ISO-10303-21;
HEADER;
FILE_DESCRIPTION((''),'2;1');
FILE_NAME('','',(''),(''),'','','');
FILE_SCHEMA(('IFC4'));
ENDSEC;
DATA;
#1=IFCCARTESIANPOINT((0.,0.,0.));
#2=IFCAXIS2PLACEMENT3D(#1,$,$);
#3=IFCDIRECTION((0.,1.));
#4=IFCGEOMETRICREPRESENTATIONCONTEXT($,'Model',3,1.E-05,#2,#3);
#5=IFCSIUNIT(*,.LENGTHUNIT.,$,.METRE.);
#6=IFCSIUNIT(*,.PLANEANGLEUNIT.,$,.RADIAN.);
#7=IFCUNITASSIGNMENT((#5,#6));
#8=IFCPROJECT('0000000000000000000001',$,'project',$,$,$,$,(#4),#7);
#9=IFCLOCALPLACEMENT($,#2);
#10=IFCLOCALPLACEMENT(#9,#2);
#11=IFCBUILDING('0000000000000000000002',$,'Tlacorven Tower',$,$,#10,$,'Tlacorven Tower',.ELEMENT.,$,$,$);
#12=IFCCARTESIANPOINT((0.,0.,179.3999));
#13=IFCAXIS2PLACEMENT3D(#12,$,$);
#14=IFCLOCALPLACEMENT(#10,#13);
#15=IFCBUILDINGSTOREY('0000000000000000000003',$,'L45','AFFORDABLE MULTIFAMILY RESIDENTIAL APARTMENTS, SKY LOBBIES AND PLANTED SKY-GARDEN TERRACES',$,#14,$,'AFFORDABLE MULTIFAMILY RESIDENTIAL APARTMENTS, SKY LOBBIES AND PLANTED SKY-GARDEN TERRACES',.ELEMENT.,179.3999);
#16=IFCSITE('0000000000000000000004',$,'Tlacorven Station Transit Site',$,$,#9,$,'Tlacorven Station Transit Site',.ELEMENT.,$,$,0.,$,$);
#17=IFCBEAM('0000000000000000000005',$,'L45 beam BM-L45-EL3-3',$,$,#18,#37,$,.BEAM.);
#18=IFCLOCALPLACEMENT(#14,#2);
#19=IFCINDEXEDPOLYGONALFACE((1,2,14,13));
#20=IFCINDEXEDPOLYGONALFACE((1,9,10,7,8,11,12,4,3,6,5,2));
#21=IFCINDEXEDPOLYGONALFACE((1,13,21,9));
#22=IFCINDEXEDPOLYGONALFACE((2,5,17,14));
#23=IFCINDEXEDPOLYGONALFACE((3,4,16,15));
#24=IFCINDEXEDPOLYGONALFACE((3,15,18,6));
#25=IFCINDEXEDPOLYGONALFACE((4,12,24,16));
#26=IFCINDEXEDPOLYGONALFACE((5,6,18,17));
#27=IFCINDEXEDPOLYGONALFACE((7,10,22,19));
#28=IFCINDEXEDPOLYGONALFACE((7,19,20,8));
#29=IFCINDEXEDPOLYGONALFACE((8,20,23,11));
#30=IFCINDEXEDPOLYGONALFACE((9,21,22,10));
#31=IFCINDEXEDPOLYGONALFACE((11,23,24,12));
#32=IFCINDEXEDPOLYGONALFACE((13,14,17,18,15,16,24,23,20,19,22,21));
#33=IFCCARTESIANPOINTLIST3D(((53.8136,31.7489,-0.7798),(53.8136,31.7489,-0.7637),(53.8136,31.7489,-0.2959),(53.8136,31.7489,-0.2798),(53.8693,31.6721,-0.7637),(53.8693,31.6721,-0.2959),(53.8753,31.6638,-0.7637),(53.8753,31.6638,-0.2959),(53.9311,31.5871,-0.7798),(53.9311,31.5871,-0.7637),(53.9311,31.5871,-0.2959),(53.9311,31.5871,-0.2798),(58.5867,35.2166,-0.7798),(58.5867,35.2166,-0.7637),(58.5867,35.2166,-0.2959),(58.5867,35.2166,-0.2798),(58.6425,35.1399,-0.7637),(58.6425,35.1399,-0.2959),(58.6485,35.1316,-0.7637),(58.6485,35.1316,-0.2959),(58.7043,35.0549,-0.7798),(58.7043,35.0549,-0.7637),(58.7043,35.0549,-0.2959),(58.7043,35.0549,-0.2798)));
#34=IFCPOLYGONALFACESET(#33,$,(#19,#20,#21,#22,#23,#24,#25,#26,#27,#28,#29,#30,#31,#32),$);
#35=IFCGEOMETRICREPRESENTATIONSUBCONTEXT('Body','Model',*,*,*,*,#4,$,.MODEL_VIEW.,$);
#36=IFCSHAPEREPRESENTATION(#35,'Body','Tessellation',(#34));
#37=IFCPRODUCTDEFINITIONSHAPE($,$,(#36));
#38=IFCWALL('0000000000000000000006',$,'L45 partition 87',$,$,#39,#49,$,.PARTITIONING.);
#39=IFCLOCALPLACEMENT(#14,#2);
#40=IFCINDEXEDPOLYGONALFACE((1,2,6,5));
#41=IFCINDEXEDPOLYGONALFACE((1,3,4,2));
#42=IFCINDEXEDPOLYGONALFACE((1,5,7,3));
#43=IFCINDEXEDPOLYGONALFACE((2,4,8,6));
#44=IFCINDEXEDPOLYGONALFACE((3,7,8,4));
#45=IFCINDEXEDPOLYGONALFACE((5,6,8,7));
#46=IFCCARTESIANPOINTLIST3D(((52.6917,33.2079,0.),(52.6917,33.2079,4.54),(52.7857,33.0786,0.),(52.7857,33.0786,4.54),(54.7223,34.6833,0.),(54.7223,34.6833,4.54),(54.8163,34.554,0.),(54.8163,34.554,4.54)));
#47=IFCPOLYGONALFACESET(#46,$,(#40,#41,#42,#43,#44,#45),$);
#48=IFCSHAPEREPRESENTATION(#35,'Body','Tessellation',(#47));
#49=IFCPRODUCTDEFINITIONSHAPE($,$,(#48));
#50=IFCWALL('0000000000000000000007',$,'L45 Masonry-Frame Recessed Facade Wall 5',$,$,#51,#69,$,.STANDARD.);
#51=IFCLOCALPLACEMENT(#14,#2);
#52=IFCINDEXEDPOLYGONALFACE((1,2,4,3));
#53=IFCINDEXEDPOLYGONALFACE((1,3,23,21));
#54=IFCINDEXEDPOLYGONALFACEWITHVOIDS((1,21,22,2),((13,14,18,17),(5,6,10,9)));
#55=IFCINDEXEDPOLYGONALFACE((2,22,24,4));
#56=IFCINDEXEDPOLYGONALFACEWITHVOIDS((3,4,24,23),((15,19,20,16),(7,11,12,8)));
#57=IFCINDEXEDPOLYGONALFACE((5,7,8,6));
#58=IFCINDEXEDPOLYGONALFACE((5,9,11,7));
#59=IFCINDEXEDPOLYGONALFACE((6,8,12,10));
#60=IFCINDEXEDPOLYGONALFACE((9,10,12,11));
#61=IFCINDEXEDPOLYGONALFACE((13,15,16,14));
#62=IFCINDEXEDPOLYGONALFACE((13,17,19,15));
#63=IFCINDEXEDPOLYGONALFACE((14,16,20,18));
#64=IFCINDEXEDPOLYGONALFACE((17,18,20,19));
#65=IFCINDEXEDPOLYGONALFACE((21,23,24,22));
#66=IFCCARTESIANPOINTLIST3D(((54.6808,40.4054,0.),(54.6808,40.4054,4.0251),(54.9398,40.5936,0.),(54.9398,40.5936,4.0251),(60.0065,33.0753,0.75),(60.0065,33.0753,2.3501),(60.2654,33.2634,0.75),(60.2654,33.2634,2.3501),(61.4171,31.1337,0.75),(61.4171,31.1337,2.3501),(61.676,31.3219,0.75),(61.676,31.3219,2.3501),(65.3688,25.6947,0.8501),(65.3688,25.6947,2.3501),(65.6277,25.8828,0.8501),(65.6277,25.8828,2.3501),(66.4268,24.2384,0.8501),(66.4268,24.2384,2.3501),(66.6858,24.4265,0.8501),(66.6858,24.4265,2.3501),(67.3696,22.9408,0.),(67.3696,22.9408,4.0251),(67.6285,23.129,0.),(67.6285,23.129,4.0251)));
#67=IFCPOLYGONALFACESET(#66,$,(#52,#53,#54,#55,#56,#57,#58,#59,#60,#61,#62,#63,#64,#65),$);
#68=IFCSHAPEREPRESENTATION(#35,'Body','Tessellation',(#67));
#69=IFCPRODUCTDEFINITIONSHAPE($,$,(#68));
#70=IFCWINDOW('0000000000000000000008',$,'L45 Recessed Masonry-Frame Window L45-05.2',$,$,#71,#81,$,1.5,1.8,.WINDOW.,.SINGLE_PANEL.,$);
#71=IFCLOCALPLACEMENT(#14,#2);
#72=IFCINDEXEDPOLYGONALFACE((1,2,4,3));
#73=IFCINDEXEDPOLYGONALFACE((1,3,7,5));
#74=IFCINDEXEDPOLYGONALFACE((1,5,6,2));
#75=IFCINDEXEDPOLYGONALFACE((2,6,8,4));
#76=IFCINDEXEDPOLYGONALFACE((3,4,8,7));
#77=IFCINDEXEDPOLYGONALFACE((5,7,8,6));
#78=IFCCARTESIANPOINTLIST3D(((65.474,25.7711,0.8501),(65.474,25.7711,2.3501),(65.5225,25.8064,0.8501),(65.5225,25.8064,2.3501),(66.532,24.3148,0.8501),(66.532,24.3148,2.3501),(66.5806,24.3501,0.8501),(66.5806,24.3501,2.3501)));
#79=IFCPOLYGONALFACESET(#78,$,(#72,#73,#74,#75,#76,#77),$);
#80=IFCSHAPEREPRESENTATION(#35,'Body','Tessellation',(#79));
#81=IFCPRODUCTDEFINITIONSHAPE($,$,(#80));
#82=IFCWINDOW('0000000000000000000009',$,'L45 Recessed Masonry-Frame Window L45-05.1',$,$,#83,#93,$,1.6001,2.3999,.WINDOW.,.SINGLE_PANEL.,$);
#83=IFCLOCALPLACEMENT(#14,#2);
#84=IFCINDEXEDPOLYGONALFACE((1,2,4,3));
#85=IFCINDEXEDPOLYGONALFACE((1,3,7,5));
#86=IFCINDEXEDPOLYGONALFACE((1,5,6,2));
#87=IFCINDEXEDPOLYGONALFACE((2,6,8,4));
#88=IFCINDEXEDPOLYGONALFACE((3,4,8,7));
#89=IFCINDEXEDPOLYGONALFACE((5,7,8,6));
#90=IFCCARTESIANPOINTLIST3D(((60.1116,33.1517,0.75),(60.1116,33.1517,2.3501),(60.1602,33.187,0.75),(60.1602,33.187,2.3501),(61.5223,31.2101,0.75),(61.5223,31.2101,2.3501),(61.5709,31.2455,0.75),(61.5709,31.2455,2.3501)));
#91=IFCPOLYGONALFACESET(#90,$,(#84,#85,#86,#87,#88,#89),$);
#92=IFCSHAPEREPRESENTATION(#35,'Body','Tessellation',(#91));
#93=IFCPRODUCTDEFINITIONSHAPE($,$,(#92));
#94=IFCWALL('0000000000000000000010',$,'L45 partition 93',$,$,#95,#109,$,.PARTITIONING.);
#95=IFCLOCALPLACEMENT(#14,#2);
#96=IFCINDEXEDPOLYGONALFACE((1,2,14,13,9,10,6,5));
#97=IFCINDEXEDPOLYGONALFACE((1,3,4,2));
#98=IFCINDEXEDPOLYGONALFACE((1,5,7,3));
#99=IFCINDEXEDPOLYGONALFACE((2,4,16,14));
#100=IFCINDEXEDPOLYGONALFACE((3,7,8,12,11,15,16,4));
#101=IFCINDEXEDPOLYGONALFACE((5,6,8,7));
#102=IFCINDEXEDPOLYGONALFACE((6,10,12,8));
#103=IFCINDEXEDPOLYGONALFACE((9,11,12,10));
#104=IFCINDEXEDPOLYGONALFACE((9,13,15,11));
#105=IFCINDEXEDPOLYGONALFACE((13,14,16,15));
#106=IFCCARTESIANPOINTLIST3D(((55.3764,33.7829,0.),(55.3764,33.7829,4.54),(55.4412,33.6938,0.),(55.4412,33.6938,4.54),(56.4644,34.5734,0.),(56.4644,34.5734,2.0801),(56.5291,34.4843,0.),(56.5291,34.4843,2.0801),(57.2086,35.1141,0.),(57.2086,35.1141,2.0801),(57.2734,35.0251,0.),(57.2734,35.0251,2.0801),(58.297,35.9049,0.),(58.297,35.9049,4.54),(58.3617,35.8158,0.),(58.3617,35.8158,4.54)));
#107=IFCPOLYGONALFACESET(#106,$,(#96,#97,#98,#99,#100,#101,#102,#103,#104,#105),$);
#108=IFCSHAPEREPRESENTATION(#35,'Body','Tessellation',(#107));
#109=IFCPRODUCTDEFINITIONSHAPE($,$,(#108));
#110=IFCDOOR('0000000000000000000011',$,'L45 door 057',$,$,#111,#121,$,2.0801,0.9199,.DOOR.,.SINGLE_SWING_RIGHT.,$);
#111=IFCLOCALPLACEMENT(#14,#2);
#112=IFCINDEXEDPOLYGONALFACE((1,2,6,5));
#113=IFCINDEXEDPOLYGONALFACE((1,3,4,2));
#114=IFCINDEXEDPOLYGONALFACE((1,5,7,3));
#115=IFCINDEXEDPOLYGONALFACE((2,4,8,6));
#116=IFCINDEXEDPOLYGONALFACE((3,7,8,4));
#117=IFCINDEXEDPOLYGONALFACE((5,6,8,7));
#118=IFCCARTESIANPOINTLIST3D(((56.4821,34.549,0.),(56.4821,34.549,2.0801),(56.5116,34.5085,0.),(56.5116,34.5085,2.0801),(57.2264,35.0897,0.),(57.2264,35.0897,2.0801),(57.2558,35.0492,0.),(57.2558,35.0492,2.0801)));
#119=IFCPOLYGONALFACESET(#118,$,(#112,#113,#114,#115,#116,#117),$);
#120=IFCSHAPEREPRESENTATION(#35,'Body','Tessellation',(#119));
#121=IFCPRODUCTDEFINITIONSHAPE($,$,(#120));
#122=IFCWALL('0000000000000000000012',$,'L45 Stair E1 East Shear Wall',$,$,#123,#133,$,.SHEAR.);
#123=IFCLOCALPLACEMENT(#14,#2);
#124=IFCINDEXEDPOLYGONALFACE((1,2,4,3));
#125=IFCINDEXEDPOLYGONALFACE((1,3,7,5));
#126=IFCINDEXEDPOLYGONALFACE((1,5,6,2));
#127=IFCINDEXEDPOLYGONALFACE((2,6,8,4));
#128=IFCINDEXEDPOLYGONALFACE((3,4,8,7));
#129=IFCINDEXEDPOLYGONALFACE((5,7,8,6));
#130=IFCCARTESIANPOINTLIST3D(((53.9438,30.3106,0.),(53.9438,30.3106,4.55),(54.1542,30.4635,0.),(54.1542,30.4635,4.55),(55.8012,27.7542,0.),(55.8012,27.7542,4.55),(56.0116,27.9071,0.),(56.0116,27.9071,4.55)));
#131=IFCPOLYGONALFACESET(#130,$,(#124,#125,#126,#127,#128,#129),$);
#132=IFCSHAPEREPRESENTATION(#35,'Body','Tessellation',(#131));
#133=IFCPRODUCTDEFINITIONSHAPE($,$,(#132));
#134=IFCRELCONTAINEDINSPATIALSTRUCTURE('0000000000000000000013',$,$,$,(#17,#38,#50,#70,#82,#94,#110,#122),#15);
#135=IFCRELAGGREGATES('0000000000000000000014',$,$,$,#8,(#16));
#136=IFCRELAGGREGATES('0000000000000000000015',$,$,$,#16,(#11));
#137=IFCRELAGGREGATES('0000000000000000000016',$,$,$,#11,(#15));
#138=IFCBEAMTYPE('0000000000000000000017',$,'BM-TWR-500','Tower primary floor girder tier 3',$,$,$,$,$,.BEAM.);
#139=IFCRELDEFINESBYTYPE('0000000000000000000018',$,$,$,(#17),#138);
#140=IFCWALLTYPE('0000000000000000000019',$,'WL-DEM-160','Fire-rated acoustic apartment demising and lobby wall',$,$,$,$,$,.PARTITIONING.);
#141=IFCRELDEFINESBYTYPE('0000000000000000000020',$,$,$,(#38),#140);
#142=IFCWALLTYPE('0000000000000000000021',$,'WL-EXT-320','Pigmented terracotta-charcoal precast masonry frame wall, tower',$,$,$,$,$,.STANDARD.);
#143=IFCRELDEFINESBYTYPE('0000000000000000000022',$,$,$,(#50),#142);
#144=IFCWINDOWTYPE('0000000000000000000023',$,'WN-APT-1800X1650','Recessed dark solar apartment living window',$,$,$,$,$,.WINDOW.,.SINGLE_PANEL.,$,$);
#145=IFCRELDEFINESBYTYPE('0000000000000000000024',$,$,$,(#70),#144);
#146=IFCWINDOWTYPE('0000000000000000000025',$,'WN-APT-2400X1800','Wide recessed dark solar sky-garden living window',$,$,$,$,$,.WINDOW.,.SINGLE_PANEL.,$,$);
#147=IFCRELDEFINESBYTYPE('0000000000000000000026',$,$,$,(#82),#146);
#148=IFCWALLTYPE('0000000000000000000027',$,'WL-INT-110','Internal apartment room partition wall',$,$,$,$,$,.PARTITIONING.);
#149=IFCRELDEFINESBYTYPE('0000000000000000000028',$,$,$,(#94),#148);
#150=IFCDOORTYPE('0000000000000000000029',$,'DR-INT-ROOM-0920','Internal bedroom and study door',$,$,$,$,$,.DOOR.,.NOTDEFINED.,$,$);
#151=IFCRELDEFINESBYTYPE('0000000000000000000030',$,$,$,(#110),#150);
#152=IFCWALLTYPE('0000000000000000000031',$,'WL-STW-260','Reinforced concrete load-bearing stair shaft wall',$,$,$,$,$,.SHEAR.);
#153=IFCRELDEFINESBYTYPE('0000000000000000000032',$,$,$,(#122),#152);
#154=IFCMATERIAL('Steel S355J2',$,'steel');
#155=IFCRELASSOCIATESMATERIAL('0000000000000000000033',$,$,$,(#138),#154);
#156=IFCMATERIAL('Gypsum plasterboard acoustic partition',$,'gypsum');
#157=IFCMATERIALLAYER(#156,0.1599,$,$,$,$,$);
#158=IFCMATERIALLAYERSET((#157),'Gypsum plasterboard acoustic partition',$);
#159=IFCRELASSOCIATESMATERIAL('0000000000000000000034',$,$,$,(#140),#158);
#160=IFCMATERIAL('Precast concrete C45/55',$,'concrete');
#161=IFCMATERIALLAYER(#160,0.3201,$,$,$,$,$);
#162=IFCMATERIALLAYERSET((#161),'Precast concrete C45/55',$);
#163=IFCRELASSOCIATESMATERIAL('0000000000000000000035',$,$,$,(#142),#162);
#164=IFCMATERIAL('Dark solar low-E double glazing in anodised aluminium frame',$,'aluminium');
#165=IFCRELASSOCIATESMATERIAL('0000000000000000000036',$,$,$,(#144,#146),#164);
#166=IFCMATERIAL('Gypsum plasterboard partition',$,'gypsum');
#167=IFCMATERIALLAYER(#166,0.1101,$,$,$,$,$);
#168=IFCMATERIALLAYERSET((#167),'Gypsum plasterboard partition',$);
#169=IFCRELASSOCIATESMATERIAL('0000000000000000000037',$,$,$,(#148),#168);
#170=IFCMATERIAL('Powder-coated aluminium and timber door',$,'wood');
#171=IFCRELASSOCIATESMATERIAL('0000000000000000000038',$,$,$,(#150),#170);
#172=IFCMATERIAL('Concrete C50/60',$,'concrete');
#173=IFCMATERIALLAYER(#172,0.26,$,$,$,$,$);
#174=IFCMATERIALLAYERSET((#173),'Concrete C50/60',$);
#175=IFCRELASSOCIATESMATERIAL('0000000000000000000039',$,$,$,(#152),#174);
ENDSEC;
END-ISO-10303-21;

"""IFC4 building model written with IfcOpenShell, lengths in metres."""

from ifc_helpers import new_model, si_unit, direction, frame, frame_2d, origin, origin_2d, place, context, subcontext, project, spatial, rectangle, i_section, extrude, source, transform, mapped, material, layer, layer_set, material_profile, profile_set, type_object, element, fill, save


model = new_model("IFC4")

# Units and contexts
model_context = context("Model", 3, precision=1e-05, world=origin(), true_north=direction((0.0, 1.0)))
body_context = subcontext(model_context, "Body", "Model", "MODEL_VIEW")
ifc_project = project(units=[si_unit("LENGTHUNIT", "METRE"), si_unit("PLANEANGLEUNIT", "RADIAN")], contexts=[model_context])

# Site, building, storey
site_placement = place(None, origin())
site = spatial("IfcSite", under=ifc_project, at=site_placement, Name="Tlacorven Station Transit Site", LongName="Tlacorven Station Transit Site", CompositionType="ELEMENT", RefElevation=0.0)
building_placement = place(site_placement, origin())
building = spatial("IfcBuilding", under=site, at=building_placement, Name="Tlacorven Tower", LongName="Tlacorven Tower", CompositionType="ELEMENT")
storey_placement = place(building_placement, frame((0.0, 0.0, 179.3999)))
storey = spatial("IfcBuildingStorey", under=building, at=storey_placement, Name="L45", Description="AFFORDABLE MULTIFAMILY RESIDENTIAL APARTMENTS, SKY LOBBIES AND PLANTED SKY-GARDEN TERRACES", LongName="AFFORDABLE MULTIFAMILY RESIDENTIAL APARTMENTS, SKY LOBBIES AND PLANTED SKY-GARDEN TERRACES", CompositionType="ELEMENT", Elevation=179.3999)

# Beam
ifc_material_1 = material(Name="Steel S355J2", Category="steel")
ifc_material_profile_1 = material_profile(ifc_material_1, i_section(OverallWidth=0.2, OverallDepth=0.5, WebThickness=0.0103, FlangeThickness=0.0161, at=origin_2d()), Name="IPE 500")
ifc_profile_set_1 = profile_set([ifc_material_profile_1], Name="Steel S355J2")
beam_type_1 = type_object("IfcBeamType", Name="BM-TWR-500", Description="Tower primary floor girder tier 3", PredefinedType="BEAM", material=ifc_profile_set_1)
shared_shape_1 = source(origin(), body_context, "Body", "SweptSolid", [
    extrude(i_section(OverallWidth=0.2, OverallDepth=0.5, WebThickness=0.0103, FlangeThickness=0.0161, at=origin_2d()), origin(), (0.0, 0.0, 1.0), 5.8999),
])
beam_1_placement = place(storey_placement, frame((53.8723, 31.668, -0.5298), z_axis=(0.809029, 0.587768, 0.0), x_axis=(-0.587768, 0.809029, 0.0)))
element("IfcBeam", 1, at=beam_1_placement, inside=storey, type_object=beam_type_1, Name="L45 beam BM-L45-EL3-3", PredefinedType="BEAM", context=body_context, shape_type="MappedRepresentation", body=[
    mapped(shared_shape_1, transform((0.0, 0.0, 0.0), scale=1.0)),
])

# Wall
ifc_material_2 = material(Name="Gypsum plasterboard acoustic partition", Category="gypsum")
ifc_layer_1 = layer(ifc_material_2, 0.1599)
ifc_layer_set_1 = layer_set([ifc_layer_1], Name="Gypsum plasterboard acoustic partition")
wall_type_1 = type_object("IfcWallType", Name="WL-DEM-160", Description="Fire-rated acoustic apartment demising and lobby wall", PredefinedType="PARTITIONING", material=ifc_layer_set_1)
wall_1_placement = place(storey_placement, frame((52.7388, 33.1433, 0.0), z_axis=(0.0, 0.0, 1.0), x_axis=(0.809001, 0.587807, 0.0)))
element("IfcWall", 2, at=wall_1_placement, inside=storey, type_object=wall_type_1, Name="L45 partition 87", PredefinedType="PARTITIONING", context=body_context, shape_type="SweptSolid", body=[
    extrude(rectangle(XDim=2.51, YDim=0.1599, at=frame_2d((1.2549, 0.0))), origin(), (0.0, 0.0, 1.0), 4.54),
])

# Wall, openings, windows
ifc_material_3 = material(Name="Precast concrete C45/55", Category="concrete")
ifc_layer_2 = layer(ifc_material_3, 0.3201)
ifc_layer_set_2 = layer_set([ifc_layer_2], Name="Precast concrete C45/55")
wall_type_2 = type_object("IfcWallType", Name="WL-EXT-320", Description="Pigmented terracotta-charcoal precast masonry frame wall, tower", PredefinedType="STANDARD", material=ifc_layer_set_2)
wall_2_placement = place(storey_placement, frame((54.8103, 40.4995, 0.0), z_axis=(0.0, 0.0, 1.0), x_axis=(0.587784, -0.809018, 0.0)))
wall_2 = element("IfcWall", 3, at=wall_2_placement, inside=storey, type_object=wall_type_2, Name="L45 Masonry-Frame Recessed Facade Wall 5", PredefinedType="STANDARD", context=body_context, shape_type="SweptSolid", body=[
    extrude(rectangle(XDim=21.5874, YDim=0.3201, at=frame_2d((10.7937, 0.0))), origin(), (0.0, 0.0, 1.0), 4.0251),
])
opening_1_placement = place(wall_2_placement, frame((9.0605, 0.0, 0.75)))
opening_1 = element("IfcOpeningElement", 4, at=opening_1_placement, cuts=wall_2, PredefinedType="OPENING", context=body_context, shape_type="SweptSolid", body=[
    extrude(rectangle(XDim=2.3999, YDim=1.6001, at=frame_2d((1.2, 0.8))), frame((0.0, 0.1699, 0.0), z_axis=(0.0, -1.0, 0.0), x_axis=(1.0, 0.0, 0.0)), (0.0, 0.0, 1.0), 0.3401),
])
opening_2_placement = place(wall_2_placement, frame((18.1836, 0.0, 0.8501)))
opening_2 = element("IfcOpeningElement", 5, at=opening_2_placement, cuts=wall_2, PredefinedType="OPENING", context=body_context, shape_type="SweptSolid", body=[
    extrude(rectangle(XDim=1.8, YDim=1.5, at=frame_2d((0.8999, 0.75))), frame((0.0, 0.1699, 0.0), z_axis=(0.0, -1.0, 0.0), x_axis=(1.0, 0.0, 0.0)), (0.0, 0.0, 1.0), 0.3401),
])
ifc_material_4 = material(Name="Dark solar low-E double glazing in anodised aluminium frame", Category="aluminium")
window_type_1 = type_object("IfcWindowType", Name="WN-APT-1800X1650", Description="Recessed dark solar apartment living window", PartitioningType="SINGLE_PANEL", PredefinedType="WINDOW", material=ifc_material_4)
shared_shape_2 = source(origin(), body_context, "Body", "SweptSolid", [
    extrude(rectangle(XDim=1.8, YDim=1.5, at=frame_2d((0.8999, 0.75))), frame((0.0, 0.03, 0.0), z_axis=(0.0, -1.0, 0.0), x_axis=(1.0, 0.0, 0.0)), (0.0, 0.0, 1.0), 0.0601),
])
window_1_placement = place(opening_2_placement, origin())
window_1 = element("IfcWindow", 6, at=window_1_placement, inside=storey, type_object=window_type_1, Name="L45 Recessed Masonry-Frame Window L45-05.2", OverallHeight=1.5, OverallWidth=1.8, PartitioningType="SINGLE_PANEL", PredefinedType="WINDOW", context=body_context, shape_type="MappedRepresentation", body=[
    mapped(shared_shape_2, transform((0.0, 0.0, 0.0), scale=1.0)),
])
fill(opening_2, window_1)
window_type_2 = type_object("IfcWindowType", Name="WN-APT-2400X1800", Description="Wide recessed dark solar sky-garden living window", PartitioningType="SINGLE_PANEL", PredefinedType="WINDOW", material=ifc_material_4)
shared_shape_3 = source(origin(), body_context, "Body", "SweptSolid", [
    extrude(rectangle(XDim=2.3999, YDim=1.6001, at=frame_2d((1.2, 0.8))), frame((0.0, 0.03, 0.0), z_axis=(0.0, -1.0, 0.0), x_axis=(1.0, 0.0, 0.0)), (0.0, 0.0, 1.0), 0.0601),
])
window_2_placement = place(opening_1_placement, origin())
window_2 = element("IfcWindow", 7, at=window_2_placement, inside=storey, type_object=window_type_2, Name="L45 Recessed Masonry-Frame Window L45-05.1", OverallHeight=1.6001, OverallWidth=2.3999, PartitioningType="SINGLE_PANEL", PredefinedType="WINDOW", context=body_context, shape_type="MappedRepresentation", body=[
    mapped(shared_shape_3, transform((0.0, 0.0, 0.0), scale=1.0)),
])
fill(opening_1, window_2)

# Wall, opening, door
ifc_material_5 = material(Name="Gypsum plasterboard partition", Category="gypsum")
ifc_layer_3 = layer(ifc_material_5, 0.1101)
ifc_layer_set_3 = layer_set([ifc_layer_3], Name="Gypsum plasterboard partition")
wall_type_3 = type_object("IfcWallType", Name="WL-INT-110", Description="Internal apartment room partition wall", PredefinedType="PARTITIONING", material=ifc_layer_set_3)
wall_3_placement = place(storey_placement, frame((55.4087, 33.7383, 0.0), z_axis=(0.0, 0.0, 1.0), x_axis=(0.809005, 0.587802, 0.0)))
wall_3 = element("IfcWall", 8, at=wall_3_placement, inside=storey, type_object=wall_type_3, Name="L45 partition 93", PredefinedType="PARTITIONING", context=body_context, shape_type="SweptSolid", body=[
    extrude(rectangle(XDim=3.6101, YDim=0.1101, at=frame_2d((1.8052, 0.0))), origin(), (0.0, 0.0, 1.0), 4.54),
])
opening_3_placement = place(wall_3_placement, frame((1.345, 0.0, 0.0)))
opening_3 = element("IfcOpeningElement", 9, at=opening_3_placement, cuts=wall_3, PredefinedType="OPENING", context=body_context, shape_type="SweptSolid", body=[
    extrude(rectangle(XDim=0.9199, YDim=2.0801, at=frame_2d((0.46, 1.04))), frame((0.0, 0.0649, 0.0), z_axis=(0.0, -1.0, 0.0), x_axis=(1.0, 0.0, 0.0)), (0.0, 0.0, 1.0), 0.1301),
])
ifc_material_6 = material(Name="Powder-coated aluminium and timber door", Category="wood")
door_type = type_object("IfcDoorType", Name="DR-INT-ROOM-0920", Description="Internal bedroom and study door", OperationType="NOTDEFINED", PredefinedType="DOOR", material=ifc_material_6)
shared_shape_4 = source(origin(), body_context, "Body", "SweptSolid", [
    extrude(rectangle(XDim=0.9199, YDim=2.0801, at=frame_2d((0.46, 1.04))), frame((0.0, 0.0249, 0.0), z_axis=(0.0, -1.0, 0.0), x_axis=(1.0, 0.0, 0.0)), (0.0, 0.0, 1.0), 0.05),
])
door_placement = place(opening_3_placement, origin())
door = element("IfcDoor", 10, at=door_placement, inside=storey, type_object=door_type, Name="L45 door 057", OperationType="SINGLE_SWING_RIGHT", OverallHeight=2.0801, OverallWidth=0.9199, PredefinedType="DOOR", context=body_context, shape_type="MappedRepresentation", body=[
    mapped(shared_shape_4, transform((0.0, 0.0, 0.0), scale=1.0)),
])
fill(opening_3, door)

# Wall
ifc_material_7 = material(Name="Concrete C50/60", Category="concrete")
ifc_layer_4 = layer(ifc_material_7, 0.26)
ifc_layer_set_4 = layer_set([ifc_layer_4], Name="Concrete C50/60")
wall_type_4 = type_object("IfcWallType", Name="WL-STW-260", Description="Reinforced concrete load-bearing stair shaft wall", PredefinedType="SHEAR", material=ifc_layer_set_4)
wall_4_placement = place(storey_placement, frame((55.9065, 27.8306, 0.0), z_axis=(0.0, 0.0, 1.0), x_axis=(-0.587804, 0.809003, 0.0)))
element("IfcWall", 11, at=wall_4_placement, inside=storey, type_object=wall_type_4, Name="L45 Stair E1 East Shear Wall", PredefinedType="SHEAR", context=body_context, shape_type="SweptSolid", body=[
    extrude(rectangle(XDim=3.1599, YDim=0.26, at=frame_2d((1.5801, 0.0))), origin(), (0.0, 0.0, 1.0), 4.55),
])

save(model, "model.ifc")
